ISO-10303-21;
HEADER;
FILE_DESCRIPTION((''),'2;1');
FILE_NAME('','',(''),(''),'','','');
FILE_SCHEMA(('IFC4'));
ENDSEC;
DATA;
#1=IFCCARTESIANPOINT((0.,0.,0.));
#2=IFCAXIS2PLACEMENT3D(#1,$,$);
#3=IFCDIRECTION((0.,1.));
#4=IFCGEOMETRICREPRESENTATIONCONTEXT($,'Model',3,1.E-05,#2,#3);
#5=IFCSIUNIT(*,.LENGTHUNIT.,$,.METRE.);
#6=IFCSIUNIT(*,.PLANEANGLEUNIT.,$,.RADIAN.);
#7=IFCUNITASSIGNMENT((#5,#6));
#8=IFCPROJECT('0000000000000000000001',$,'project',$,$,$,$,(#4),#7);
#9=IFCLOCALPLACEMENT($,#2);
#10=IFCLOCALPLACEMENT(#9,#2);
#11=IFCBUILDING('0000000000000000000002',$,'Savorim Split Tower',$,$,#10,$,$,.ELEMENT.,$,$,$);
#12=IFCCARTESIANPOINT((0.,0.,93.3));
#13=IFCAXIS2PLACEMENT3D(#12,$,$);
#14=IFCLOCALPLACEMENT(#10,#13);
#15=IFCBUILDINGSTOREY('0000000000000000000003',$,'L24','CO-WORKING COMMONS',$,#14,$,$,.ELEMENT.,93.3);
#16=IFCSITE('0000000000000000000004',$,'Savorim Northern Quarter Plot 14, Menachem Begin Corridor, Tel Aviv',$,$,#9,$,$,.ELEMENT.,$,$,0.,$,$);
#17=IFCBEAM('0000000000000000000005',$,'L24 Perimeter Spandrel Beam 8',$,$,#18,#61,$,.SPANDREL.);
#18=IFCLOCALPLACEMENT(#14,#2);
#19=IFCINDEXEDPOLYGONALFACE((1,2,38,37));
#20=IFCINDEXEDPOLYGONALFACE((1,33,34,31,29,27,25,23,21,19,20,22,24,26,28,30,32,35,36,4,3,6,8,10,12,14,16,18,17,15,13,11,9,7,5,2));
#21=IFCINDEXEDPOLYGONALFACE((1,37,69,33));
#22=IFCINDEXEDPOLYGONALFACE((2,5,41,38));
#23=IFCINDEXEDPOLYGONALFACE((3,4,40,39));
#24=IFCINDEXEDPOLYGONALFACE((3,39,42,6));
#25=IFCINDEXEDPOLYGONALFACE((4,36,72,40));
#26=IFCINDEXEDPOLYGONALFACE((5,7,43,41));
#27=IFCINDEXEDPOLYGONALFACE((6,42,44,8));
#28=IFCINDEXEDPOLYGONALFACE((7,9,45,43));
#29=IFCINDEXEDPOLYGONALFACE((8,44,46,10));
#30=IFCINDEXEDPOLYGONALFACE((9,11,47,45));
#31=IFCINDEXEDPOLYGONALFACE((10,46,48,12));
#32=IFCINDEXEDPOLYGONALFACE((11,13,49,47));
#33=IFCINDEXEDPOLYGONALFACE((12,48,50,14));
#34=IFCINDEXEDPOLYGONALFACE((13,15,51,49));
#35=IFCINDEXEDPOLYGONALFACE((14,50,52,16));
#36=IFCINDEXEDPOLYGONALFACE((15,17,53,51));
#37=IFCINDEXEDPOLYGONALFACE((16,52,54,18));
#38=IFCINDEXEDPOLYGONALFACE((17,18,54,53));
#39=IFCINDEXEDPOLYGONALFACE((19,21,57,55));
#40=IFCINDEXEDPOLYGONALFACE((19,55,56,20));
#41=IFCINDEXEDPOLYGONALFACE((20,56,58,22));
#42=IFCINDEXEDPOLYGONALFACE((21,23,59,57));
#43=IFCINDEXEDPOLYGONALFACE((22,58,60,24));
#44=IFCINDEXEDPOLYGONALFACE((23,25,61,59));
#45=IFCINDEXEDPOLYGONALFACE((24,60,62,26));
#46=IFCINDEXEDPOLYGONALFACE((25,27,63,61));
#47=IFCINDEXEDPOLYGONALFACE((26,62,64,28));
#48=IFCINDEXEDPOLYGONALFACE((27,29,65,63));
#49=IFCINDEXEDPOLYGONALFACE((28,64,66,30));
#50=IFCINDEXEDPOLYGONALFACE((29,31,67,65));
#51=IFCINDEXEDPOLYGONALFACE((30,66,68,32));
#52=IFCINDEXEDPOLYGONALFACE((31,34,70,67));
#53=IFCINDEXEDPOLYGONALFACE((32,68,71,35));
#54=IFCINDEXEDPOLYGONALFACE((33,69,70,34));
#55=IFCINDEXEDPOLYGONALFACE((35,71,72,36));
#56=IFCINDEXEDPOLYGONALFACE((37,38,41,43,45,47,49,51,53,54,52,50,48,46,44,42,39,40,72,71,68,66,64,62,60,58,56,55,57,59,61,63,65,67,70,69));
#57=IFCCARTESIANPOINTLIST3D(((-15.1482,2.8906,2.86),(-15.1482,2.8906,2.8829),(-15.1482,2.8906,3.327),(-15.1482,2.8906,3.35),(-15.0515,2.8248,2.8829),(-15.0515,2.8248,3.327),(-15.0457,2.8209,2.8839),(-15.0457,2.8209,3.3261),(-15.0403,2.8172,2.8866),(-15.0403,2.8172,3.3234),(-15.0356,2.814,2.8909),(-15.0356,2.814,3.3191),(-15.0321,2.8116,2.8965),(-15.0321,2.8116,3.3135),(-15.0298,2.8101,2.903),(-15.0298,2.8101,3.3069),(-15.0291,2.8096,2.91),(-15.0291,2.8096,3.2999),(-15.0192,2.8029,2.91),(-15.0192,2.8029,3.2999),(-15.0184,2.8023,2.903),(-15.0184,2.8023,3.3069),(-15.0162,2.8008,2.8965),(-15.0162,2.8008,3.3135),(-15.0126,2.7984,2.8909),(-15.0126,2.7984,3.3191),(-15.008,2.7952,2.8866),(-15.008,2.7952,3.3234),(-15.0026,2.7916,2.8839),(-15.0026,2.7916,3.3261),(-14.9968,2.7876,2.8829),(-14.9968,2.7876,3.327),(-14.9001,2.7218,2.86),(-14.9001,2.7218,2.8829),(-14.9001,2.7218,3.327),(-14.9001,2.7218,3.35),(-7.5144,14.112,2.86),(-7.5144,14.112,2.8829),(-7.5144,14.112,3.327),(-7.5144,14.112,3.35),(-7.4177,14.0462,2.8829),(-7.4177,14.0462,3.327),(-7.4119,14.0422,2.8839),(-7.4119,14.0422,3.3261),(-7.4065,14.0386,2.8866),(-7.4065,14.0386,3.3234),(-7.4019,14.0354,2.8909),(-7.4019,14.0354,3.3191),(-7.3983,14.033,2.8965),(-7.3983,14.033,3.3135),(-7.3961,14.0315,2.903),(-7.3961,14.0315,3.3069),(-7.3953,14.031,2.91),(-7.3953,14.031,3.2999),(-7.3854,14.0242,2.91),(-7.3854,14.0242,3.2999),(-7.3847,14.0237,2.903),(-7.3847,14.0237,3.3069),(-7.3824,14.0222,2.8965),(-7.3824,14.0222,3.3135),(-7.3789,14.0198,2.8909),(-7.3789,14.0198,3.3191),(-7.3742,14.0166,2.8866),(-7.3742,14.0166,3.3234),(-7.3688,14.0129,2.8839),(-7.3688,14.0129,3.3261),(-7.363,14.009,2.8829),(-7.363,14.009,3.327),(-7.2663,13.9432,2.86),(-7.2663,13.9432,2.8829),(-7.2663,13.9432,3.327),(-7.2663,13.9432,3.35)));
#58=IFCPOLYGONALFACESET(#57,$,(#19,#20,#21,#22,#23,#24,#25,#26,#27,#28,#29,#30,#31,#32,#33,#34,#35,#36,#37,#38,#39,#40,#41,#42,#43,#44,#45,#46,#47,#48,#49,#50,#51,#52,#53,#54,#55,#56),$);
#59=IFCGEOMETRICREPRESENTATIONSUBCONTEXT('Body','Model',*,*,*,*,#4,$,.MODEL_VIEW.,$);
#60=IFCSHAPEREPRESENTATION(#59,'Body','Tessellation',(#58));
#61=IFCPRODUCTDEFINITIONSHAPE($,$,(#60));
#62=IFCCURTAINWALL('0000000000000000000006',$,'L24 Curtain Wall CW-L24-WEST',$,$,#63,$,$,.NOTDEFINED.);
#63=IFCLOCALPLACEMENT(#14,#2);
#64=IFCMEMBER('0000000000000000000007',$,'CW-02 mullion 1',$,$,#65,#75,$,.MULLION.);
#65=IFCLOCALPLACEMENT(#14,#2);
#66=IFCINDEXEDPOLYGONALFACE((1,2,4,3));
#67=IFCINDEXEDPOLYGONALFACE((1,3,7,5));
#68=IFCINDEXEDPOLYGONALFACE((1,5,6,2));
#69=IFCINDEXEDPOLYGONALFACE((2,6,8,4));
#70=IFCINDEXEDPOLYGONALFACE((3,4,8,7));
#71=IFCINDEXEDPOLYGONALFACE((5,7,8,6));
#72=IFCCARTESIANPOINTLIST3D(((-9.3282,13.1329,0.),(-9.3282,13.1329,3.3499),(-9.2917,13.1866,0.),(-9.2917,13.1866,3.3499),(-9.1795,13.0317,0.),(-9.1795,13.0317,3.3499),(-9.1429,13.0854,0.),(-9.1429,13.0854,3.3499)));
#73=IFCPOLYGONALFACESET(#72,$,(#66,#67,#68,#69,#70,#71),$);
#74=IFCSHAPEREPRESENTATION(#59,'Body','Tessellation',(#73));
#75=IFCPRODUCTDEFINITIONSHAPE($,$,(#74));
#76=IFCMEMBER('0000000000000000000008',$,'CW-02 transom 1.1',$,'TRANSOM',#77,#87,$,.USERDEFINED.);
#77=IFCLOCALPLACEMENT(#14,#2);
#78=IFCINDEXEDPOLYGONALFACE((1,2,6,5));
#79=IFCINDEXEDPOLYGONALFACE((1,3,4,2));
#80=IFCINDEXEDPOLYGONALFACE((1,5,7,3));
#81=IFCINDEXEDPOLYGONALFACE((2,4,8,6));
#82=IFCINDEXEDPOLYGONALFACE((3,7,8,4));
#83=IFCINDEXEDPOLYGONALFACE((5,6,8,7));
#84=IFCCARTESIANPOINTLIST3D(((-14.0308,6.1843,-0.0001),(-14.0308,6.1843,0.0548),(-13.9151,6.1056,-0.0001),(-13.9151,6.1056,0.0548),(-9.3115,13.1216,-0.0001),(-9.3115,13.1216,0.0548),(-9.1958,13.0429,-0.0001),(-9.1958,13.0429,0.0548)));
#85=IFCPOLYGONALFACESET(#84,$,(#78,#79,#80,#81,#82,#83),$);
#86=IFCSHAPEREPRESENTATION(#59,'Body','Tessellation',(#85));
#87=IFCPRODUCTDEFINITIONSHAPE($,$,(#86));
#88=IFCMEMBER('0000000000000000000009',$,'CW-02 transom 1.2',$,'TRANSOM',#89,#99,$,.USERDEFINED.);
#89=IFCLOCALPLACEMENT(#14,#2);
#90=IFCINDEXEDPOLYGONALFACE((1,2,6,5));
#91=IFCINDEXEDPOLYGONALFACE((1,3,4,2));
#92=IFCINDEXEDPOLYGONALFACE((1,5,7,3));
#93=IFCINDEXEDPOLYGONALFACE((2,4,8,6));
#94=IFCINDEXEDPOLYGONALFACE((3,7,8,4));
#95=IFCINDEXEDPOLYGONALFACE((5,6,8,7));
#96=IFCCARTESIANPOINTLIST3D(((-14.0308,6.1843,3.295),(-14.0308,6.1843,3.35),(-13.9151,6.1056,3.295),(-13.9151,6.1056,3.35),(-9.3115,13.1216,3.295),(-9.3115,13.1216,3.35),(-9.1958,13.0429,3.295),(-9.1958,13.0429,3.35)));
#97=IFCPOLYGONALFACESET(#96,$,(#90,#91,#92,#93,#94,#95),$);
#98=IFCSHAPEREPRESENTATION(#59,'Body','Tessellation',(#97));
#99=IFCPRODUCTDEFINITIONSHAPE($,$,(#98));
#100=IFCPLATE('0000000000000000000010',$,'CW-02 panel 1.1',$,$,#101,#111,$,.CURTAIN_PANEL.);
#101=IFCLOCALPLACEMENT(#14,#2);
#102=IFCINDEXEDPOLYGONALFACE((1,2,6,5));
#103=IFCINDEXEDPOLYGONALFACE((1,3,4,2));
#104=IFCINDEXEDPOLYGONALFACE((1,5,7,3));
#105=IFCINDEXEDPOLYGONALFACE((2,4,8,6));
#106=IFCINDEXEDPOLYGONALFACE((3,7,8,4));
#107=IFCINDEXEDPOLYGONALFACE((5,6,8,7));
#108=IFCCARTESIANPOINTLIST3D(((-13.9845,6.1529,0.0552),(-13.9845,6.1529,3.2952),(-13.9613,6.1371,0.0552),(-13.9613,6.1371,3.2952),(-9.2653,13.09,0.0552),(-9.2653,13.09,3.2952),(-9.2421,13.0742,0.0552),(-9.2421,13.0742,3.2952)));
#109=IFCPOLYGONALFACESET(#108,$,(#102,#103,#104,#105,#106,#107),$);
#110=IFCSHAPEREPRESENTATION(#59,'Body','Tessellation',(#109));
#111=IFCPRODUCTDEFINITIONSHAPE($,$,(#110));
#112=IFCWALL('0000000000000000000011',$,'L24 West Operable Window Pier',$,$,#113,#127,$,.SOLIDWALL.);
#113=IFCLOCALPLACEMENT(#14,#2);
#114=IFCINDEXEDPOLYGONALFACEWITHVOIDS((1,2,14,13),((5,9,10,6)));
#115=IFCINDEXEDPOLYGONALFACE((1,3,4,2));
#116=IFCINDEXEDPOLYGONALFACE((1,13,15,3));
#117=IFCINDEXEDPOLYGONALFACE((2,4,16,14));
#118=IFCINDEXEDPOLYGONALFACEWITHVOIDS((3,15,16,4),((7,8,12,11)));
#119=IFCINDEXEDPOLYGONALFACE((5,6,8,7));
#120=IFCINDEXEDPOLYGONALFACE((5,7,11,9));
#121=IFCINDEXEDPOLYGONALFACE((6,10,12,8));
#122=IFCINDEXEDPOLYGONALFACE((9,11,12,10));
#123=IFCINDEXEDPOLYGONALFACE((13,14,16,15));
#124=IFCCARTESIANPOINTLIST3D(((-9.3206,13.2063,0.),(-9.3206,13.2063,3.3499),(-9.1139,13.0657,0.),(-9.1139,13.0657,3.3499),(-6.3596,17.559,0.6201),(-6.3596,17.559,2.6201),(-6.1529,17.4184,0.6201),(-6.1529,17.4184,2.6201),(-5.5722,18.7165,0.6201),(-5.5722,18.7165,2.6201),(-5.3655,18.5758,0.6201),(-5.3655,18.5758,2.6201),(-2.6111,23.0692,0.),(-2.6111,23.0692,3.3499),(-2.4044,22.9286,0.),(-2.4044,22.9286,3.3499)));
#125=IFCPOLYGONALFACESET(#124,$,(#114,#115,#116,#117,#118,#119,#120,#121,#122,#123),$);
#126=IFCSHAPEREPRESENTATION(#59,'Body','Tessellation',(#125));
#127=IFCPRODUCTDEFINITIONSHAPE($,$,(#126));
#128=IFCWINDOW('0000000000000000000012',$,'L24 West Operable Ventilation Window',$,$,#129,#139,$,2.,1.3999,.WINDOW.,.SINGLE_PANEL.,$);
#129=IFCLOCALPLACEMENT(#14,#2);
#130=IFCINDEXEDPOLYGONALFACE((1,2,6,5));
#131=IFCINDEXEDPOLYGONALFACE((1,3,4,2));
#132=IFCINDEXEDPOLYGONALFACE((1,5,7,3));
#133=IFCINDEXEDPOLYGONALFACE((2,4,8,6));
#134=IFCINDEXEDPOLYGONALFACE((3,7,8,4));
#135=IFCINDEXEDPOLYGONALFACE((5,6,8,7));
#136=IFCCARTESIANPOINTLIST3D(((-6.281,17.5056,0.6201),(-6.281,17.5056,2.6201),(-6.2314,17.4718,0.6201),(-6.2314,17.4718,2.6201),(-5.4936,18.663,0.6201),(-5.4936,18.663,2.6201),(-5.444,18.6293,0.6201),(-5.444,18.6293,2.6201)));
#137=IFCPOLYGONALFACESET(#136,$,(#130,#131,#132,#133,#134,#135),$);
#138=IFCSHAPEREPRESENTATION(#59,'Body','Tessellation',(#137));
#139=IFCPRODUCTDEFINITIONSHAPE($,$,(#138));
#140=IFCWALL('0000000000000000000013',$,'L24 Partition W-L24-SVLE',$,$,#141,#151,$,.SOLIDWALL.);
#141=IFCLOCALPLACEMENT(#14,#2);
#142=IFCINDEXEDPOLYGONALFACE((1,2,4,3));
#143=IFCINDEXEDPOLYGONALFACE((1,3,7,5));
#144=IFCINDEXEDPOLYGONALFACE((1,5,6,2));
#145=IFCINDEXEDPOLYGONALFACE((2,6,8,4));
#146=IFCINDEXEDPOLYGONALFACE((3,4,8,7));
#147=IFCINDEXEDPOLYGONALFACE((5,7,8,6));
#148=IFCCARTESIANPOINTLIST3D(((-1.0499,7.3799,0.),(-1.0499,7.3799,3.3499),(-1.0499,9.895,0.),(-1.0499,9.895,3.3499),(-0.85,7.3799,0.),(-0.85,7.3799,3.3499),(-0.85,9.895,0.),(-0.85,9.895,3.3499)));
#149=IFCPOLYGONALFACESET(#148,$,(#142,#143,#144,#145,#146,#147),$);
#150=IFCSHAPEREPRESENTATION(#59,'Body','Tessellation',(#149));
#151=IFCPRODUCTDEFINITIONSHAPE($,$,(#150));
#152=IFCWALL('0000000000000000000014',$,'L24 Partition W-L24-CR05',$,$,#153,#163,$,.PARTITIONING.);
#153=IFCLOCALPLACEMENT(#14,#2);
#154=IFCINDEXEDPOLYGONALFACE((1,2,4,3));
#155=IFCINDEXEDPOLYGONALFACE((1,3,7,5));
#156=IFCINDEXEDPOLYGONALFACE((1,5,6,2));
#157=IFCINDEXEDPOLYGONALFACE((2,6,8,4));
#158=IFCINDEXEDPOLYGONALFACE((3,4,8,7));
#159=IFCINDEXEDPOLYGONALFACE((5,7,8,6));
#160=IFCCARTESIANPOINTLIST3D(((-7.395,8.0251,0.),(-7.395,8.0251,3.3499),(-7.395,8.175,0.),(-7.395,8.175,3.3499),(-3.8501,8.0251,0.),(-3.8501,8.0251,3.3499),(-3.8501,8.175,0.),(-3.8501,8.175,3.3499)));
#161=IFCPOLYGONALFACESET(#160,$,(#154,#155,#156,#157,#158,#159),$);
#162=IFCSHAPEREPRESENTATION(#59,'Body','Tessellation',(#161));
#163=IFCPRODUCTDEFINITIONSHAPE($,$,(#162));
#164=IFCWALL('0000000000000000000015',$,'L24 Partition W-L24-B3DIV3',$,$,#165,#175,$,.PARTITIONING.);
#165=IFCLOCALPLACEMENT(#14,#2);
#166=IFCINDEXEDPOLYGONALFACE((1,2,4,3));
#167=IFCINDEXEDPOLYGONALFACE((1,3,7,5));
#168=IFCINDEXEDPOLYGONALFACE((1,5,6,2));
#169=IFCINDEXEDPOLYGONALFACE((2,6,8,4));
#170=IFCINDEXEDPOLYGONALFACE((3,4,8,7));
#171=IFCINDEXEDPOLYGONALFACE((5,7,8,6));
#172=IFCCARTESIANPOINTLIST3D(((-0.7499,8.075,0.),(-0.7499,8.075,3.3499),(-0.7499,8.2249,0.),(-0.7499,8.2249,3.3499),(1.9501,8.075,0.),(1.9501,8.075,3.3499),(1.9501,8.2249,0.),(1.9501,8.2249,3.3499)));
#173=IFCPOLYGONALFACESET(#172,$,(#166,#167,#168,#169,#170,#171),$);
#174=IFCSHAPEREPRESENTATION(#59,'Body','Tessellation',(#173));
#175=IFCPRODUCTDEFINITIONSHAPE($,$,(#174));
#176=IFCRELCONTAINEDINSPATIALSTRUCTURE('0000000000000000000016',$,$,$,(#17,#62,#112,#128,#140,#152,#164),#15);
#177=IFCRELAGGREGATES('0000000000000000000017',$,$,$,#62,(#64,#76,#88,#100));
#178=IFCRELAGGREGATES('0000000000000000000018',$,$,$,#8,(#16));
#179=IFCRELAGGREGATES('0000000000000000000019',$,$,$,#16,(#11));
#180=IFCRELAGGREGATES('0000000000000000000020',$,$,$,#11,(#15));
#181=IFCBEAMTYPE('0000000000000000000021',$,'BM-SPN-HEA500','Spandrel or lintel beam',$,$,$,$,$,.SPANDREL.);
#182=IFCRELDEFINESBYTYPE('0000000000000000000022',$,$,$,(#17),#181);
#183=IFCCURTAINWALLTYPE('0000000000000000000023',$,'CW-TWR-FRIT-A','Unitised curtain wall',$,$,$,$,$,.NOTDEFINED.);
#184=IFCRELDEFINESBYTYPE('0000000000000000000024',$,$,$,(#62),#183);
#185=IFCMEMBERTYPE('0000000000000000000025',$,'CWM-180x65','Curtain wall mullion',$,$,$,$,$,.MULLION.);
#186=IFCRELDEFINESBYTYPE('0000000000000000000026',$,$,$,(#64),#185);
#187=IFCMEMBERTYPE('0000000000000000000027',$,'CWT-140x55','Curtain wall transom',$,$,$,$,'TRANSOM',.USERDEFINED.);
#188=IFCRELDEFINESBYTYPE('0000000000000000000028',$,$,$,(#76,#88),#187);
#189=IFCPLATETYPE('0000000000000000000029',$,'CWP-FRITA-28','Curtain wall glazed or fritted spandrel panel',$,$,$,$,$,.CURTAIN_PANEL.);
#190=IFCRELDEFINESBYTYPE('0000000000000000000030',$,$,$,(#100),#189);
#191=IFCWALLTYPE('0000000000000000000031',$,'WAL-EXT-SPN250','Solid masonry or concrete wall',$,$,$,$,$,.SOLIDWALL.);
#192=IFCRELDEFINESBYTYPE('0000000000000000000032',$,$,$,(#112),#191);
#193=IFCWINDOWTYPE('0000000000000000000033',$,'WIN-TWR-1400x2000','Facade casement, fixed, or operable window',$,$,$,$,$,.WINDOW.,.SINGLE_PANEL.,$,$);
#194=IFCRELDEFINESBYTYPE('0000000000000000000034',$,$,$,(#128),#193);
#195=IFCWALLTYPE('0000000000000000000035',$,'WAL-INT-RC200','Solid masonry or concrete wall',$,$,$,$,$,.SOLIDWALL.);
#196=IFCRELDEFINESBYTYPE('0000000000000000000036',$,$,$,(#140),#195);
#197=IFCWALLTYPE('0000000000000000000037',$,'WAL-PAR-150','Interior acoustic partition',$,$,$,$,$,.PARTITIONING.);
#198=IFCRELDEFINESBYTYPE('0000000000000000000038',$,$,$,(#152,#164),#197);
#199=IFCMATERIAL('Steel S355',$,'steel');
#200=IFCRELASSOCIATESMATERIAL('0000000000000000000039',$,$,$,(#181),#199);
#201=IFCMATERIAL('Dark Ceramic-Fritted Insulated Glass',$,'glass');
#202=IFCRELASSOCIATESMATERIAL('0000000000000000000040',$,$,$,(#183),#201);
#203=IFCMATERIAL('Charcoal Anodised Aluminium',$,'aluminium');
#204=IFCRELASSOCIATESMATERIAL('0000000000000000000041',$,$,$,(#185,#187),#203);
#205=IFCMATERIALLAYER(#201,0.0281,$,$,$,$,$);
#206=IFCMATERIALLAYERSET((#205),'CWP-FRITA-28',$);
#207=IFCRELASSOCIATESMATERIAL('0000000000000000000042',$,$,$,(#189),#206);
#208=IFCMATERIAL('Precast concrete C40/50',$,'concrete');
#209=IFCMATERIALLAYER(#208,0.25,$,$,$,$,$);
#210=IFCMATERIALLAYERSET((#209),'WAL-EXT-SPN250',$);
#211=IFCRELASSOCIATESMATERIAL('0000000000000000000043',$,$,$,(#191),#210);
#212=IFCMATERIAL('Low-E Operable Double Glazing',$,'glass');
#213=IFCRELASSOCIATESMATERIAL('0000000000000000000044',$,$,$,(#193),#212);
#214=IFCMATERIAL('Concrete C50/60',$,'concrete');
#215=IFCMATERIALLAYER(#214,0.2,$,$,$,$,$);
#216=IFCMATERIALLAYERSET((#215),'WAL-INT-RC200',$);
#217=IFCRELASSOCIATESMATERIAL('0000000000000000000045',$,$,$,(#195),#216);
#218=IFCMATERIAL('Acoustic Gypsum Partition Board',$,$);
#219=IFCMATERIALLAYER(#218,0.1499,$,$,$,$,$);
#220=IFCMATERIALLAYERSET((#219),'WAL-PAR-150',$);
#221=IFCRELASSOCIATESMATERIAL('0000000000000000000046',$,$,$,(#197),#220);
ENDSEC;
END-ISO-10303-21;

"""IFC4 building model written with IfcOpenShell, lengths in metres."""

from ifc_helpers import new_model, si_unit, direction, frame, frame_2d, origin, origin_2d, place, context, subcontext, project, spatial, rectangle, i_section, extrude, material, layer, layer_set, material_profile, profile_set, type_object, element, fill, aggregate, save


model = new_model("IFC4")

# Units and contexts
model_context = context("Model", 3, precision=1e-05, world=origin(), true_north=direction((0.0, 1.0)))
body_context = subcontext(model_context, "Body", "Model", "MODEL_VIEW")
ifc_project = project(units=[si_unit("LENGTHUNIT", "METRE"), si_unit("PLANEANGLEUNIT", "RADIAN")], contexts=[model_context])

# Site, building, storey
site_placement = place(None, origin())
site = spatial("IfcSite", under=ifc_project, at=site_placement, Name="Savorim Northern Quarter Plot 14, Menachem Begin Corridor, Tel Aviv", CompositionType="ELEMENT", RefElevation=0.0)
building_placement = place(site_placement, origin())
building = spatial("IfcBuilding", under=site, at=building_placement, Name="Savorim Split Tower", CompositionType="ELEMENT")
storey_placement = place(building_placement, frame((0.0, 0.0, 93.3)))
storey = spatial("IfcBuildingStorey", under=building, at=storey_placement, Name="L24", Description="CO-WORKING COMMONS", CompositionType="ELEMENT", Elevation=93.3)

# Beam
ifc_material_1 = material(Name="Steel S355", Category="steel")
ifc_material_profile_1 = material_profile(ifc_material_1, i_section(OverallWidth=0.3, OverallDepth=0.49, WebThickness=0.012, FlangeThickness=0.0229, FilletRadius=0.0271, at=origin_2d()), Name="HEA 500")
ifc_profile_set_1 = profile_set([ifc_material_profile_1], Name="Steel S355")
beam_type_1 = type_object("IfcBeamType", Name="BM-SPN-HEA500", Description="Spandrel or lintel beam", PredefinedType="SPANDREL", material=ifc_profile_set_1)
beam_1_placement = place(storey_placement, frame((-7.3904, 14.0276, 3.105), z_axis=(-0.562472, -0.826816, 0.0), x_axis=(0.826816, -0.562472, 0.0)))
element("IfcBeam", 1, at=beam_1_placement, inside=storey, type_object=beam_type_1, Name="L24 Perimeter Spandrel Beam 8", PredefinedType="SPANDREL", context=body_context, shape_type="SweptSolid", body=[
    extrude(i_section(OverallWidth=0.3, OverallDepth=0.49, WebThickness=0.012, FlangeThickness=0.0229, FilletRadius=0.0271, at=origin_2d()), origin(), (0.0, 0.0, 1.0), 13.5718),
])

# Curtain wall, members, plate
ifc_material_2 = material(Name="Dark Ceramic-Fritted Insulated Glass", Category="glass")
curtain_wall_type = type_object("IfcCurtainWallType", Name="CW-TWR-FRIT-A", Description="Unitised curtain wall", PredefinedType="NOTDEFINED", material=ifc_material_2)
curtain_wall_placement = place(storey_placement, origin())
curtain_wall = element("IfcCurtainWall", 2, at=curtain_wall_placement, inside=storey, type_object=curtain_wall_type, Name="L24 Curtain Wall CW-L24-WEST", PredefinedType="NOTDEFINED")
ifc_material_3 = material(Name="Charcoal Anodised Aluminium", Category="aluminium")
ifc_material_profile_2 = material_profile(ifc_material_3, rectangle(XDim=0.1799, YDim=0.0649, at=origin_2d()), Name="ALU-M 180x65")
ifc_profile_set_2 = profile_set([ifc_material_profile_2], Name="Charcoal Anodised Aluminium")
member_type_1 = type_object("IfcMemberType", Name="CWM-180x65", Description="Curtain wall mullion", PredefinedType="MULLION", material=ifc_profile_set_2)
member_1_placement = place(storey_placement, frame((-9.2356, 13.1091, 0.0), z_axis=(0.0, 0.0, 1.0), x_axis=(0.826819, -0.562468, 0.0)))
member_1 = element("IfcMember", 3, at=member_1_placement, type_object=member_type_1, Name="CW-02 mullion 1", PredefinedType="MULLION", context=body_context, shape_type="SweptSolid", body=[
    extrude(rectangle(XDim=0.1799, YDim=0.0649, at=origin_2d()), origin(), (0.0, 0.0, 1.0), 3.3499),
])
ifc_material_profile_3 = material_profile(ifc_material_3, rectangle(XDim=0.1399, YDim=0.0549, at=origin_2d()), Name="ALU-T 140x55")
ifc_profile_set_3 = profile_set([ifc_material_profile_3], Name="Charcoal Anodised Aluminium")
member_type_2 = type_object("IfcMemberType", Name="CWT-140x55", Description="Curtain wall transom", ElementType="TRANSOM", PredefinedType="USERDEFINED", material=ifc_profile_set_3)
member_2_placement = place(storey_placement, frame((-9.2537, 13.0823, 0.0273), z_axis=(-0.562465, -0.826821, 0.0), x_axis=(0.826821, -0.562465, 0.0)))
member_2 = element("IfcMember", 4, at=member_2_placement, type_object=member_type_2, Name="CW-02 transom 1.1", ObjectType="TRANSOM", PredefinedType="USERDEFINED", context=body_context, shape_type="SweptSolid", body=[
    extrude(rectangle(XDim=0.1399, YDim=0.0549, at=origin_2d()), origin(), (0.0, 0.0, 1.0), 8.3904),
])
member_3_placement = place(storey_placement, frame((-9.2537, 13.0823, 3.3225), z_axis=(-0.562465, -0.826821, 0.0), x_axis=(0.826821, -0.562465, 0.0)))
member_3 = element("IfcMember", 5, at=member_3_placement, type_object=member_type_2, Name="CW-02 transom 1.2", ObjectType="TRANSOM", PredefinedType="USERDEFINED", context=body_context, shape_type="SweptSolid", body=[
    extrude(rectangle(XDim=0.1399, YDim=0.0549, at=origin_2d()), origin(), (0.0, 0.0, 1.0), 8.3904),
])
ifc_layer_1 = layer(ifc_material_2, 0.0281)
ifc_layer_set_1 = layer_set([ifc_layer_1], Name="CWP-FRITA-28")
plate_type = type_object("IfcPlateType", Name="CWP-FRITA-28", Description="Curtain wall glazed or fritted spandrel panel", PredefinedType="CURTAIN_PANEL", material=ifc_layer_set_1)
plate_placement = place(storey_placement, frame((-11.6133, 9.6135, 0.0552), z_axis=(0.0, 0.0, 1.0), x_axis=(-0.562468, -0.826819, 0.0)))
plate = element("IfcPlate", 6, at=plate_placement, type_object=plate_type, Name="CW-02 panel 1.1", PredefinedType="CURTAIN_PANEL", context=body_context, shape_type="SweptSolid", body=[
    extrude(rectangle(XDim=8.3901, YDim=0.0281, at=origin_2d()), origin(), (0.0, 0.0, 1.0), 3.24),
])
aggregate(curtain_wall, [member_1, member_2, member_3, plate])

# Shared definitions
ifc_material_4 = material(Name="Precast concrete C40/50", Category="concrete")

# Wall, opening, window
ifc_layer_2 = layer(ifc_material_4, 0.25)
ifc_layer_set_2 = layer_set([ifc_layer_2], Name="WAL-EXT-SPN250")
wall_type_1 = type_object("IfcWallType", Name="WAL-EXT-SPN250", Description="Solid masonry or concrete wall", PredefinedType="SOLIDWALL", material=ifc_layer_set_2)
wall_1_placement = place(storey_placement, frame((-9.2173, 13.136, 0.0), z_axis=(0.0, 0.0, 1.0), x_axis=(0.562469, 0.826818, 0.0)))
wall_1 = element("IfcWall", 7, at=wall_1_placement, inside=storey, type_object=wall_type_1, Name="L24 West Operable Window Pier", PredefinedType="SOLIDWALL", context=body_context, shape_type="SweptSolid", body=[
    extrude(rectangle(XDim=11.9287, YDim=0.25, at=frame_2d((5.9644, 0.0))), origin(), (0.0, 0.0, 1.0), 3.3499),
])
opening_1_placement = place(wall_1_placement, frame((5.2644, 0.0, 0.6201)))
opening_1 = element("IfcOpeningElement", 8, at=opening_1_placement, cuts=wall_1, PredefinedType="OPENING", context=body_context, shape_type="SweptSolid", body=[
    extrude(rectangle(XDim=1.3999, YDim=2.0, at=frame_2d((0.7, 1.0))), frame((0.0, 0.135, 0.0), z_axis=(0.0, -1.0, 0.0), x_axis=(1.0, 0.0, 0.0)), (0.0, 0.0, 1.0), 0.27),
])
ifc_material_5 = material(Name="Low-E Operable Double Glazing", Category="glass")
window_type = type_object("IfcWindowType", Name="WIN-TWR-1400x2000", Description="Facade casement, fixed, or operable window", PartitioningType="SINGLE_PANEL", PredefinedType="WINDOW", material=ifc_material_5)
window_placement = place(opening_1_placement, origin())
window = element("IfcWindow", 9, at=window_placement, inside=storey, type_object=window_type, Name="L24 West Operable Ventilation Window", OverallHeight=2.0, OverallWidth=1.3999, PartitioningType="SINGLE_PANEL", PredefinedType="WINDOW", context=body_context, shape_type="SweptSolid", body=[
    extrude(rectangle(XDim=1.3999, YDim=2.0, at=frame_2d((0.7, 1.0))), frame((0.0, 0.03, 0.0), z_axis=(0.0, -1.0, 0.0), x_axis=(1.0, 0.0, 0.0)), (0.0, 0.0, 1.0), 0.0601),
])
fill(opening_1, window)

# Walls
ifc_material_6 = material(Name="Concrete C50/60", Category="concrete")
ifc_layer_3 = layer(ifc_material_6, 0.2)
ifc_layer_set_3 = layer_set([ifc_layer_3], Name="WAL-INT-RC200")
wall_type_2 = type_object("IfcWallType", Name="WAL-INT-RC200", Description="Solid masonry or concrete wall", PredefinedType="SOLIDWALL", material=ifc_layer_set_3)
wall_2_placement = place(storey_placement, frame((-0.95, 7.3799, 0.0), z_axis=(0.0, 0.0, 1.0), x_axis=(0.0, 1.0, 0.0)))
element("IfcWall", 10, at=wall_2_placement, inside=storey, type_object=wall_type_2, Name="L24 Partition W-L24-SVLE", PredefinedType="SOLIDWALL", context=body_context, shape_type="SweptSolid", body=[
    extrude(rectangle(XDim=2.5151, YDim=0.2, at=frame_2d((1.2576, 0.0))), origin(), (0.0, 0.0, 1.0), 3.3499),
])
ifc_material_7 = material(Name="Acoustic Gypsum Partition Board")
ifc_layer_4 = layer(ifc_material_7, 0.1499)
ifc_layer_set_4 = layer_set([ifc_layer_4], Name="WAL-PAR-150")
wall_type_3 = type_object("IfcWallType", Name="WAL-PAR-150", Description="Interior acoustic partition", PredefinedType="PARTITIONING", material=ifc_layer_set_4)
wall_3_placement = place(storey_placement, frame((-7.395, 8.1001, 0.0), z_axis=(0.0, 0.0, 1.0), x_axis=(1.0, 0.0, 0.0)))
element("IfcWall", 11, at=wall_3_placement, inside=storey, type_object=wall_type_3, Name="L24 Partition W-L24-CR05", PredefinedType="PARTITIONING", context=body_context, shape_type="SweptSolid", body=[
    extrude(rectangle(XDim=3.5449, YDim=0.1499, at=frame_2d((1.7725, 0.0))), origin(), (0.0, 0.0, 1.0), 3.3499),
])
wall_4_placement = place(storey_placement, frame((-0.75, 8.1499, 0.0), z_axis=(0.0, 0.0, 1.0), x_axis=(1.0, 0.0, 0.0)))
element("IfcWall", 12, at=wall_4_placement, inside=storey, type_object=wall_type_3, Name="L24 Partition W-L24-B3DIV3", PredefinedType="PARTITIONING", context=body_context, shape_type="SweptSolid", body=[
    extrude(rectangle(XDim=2.7, YDim=0.1499, at=frame_2d((1.3501, 0.0))), origin(), (0.0, 0.0, 1.0), 3.3499),
])

save(model, "model.ifc")
